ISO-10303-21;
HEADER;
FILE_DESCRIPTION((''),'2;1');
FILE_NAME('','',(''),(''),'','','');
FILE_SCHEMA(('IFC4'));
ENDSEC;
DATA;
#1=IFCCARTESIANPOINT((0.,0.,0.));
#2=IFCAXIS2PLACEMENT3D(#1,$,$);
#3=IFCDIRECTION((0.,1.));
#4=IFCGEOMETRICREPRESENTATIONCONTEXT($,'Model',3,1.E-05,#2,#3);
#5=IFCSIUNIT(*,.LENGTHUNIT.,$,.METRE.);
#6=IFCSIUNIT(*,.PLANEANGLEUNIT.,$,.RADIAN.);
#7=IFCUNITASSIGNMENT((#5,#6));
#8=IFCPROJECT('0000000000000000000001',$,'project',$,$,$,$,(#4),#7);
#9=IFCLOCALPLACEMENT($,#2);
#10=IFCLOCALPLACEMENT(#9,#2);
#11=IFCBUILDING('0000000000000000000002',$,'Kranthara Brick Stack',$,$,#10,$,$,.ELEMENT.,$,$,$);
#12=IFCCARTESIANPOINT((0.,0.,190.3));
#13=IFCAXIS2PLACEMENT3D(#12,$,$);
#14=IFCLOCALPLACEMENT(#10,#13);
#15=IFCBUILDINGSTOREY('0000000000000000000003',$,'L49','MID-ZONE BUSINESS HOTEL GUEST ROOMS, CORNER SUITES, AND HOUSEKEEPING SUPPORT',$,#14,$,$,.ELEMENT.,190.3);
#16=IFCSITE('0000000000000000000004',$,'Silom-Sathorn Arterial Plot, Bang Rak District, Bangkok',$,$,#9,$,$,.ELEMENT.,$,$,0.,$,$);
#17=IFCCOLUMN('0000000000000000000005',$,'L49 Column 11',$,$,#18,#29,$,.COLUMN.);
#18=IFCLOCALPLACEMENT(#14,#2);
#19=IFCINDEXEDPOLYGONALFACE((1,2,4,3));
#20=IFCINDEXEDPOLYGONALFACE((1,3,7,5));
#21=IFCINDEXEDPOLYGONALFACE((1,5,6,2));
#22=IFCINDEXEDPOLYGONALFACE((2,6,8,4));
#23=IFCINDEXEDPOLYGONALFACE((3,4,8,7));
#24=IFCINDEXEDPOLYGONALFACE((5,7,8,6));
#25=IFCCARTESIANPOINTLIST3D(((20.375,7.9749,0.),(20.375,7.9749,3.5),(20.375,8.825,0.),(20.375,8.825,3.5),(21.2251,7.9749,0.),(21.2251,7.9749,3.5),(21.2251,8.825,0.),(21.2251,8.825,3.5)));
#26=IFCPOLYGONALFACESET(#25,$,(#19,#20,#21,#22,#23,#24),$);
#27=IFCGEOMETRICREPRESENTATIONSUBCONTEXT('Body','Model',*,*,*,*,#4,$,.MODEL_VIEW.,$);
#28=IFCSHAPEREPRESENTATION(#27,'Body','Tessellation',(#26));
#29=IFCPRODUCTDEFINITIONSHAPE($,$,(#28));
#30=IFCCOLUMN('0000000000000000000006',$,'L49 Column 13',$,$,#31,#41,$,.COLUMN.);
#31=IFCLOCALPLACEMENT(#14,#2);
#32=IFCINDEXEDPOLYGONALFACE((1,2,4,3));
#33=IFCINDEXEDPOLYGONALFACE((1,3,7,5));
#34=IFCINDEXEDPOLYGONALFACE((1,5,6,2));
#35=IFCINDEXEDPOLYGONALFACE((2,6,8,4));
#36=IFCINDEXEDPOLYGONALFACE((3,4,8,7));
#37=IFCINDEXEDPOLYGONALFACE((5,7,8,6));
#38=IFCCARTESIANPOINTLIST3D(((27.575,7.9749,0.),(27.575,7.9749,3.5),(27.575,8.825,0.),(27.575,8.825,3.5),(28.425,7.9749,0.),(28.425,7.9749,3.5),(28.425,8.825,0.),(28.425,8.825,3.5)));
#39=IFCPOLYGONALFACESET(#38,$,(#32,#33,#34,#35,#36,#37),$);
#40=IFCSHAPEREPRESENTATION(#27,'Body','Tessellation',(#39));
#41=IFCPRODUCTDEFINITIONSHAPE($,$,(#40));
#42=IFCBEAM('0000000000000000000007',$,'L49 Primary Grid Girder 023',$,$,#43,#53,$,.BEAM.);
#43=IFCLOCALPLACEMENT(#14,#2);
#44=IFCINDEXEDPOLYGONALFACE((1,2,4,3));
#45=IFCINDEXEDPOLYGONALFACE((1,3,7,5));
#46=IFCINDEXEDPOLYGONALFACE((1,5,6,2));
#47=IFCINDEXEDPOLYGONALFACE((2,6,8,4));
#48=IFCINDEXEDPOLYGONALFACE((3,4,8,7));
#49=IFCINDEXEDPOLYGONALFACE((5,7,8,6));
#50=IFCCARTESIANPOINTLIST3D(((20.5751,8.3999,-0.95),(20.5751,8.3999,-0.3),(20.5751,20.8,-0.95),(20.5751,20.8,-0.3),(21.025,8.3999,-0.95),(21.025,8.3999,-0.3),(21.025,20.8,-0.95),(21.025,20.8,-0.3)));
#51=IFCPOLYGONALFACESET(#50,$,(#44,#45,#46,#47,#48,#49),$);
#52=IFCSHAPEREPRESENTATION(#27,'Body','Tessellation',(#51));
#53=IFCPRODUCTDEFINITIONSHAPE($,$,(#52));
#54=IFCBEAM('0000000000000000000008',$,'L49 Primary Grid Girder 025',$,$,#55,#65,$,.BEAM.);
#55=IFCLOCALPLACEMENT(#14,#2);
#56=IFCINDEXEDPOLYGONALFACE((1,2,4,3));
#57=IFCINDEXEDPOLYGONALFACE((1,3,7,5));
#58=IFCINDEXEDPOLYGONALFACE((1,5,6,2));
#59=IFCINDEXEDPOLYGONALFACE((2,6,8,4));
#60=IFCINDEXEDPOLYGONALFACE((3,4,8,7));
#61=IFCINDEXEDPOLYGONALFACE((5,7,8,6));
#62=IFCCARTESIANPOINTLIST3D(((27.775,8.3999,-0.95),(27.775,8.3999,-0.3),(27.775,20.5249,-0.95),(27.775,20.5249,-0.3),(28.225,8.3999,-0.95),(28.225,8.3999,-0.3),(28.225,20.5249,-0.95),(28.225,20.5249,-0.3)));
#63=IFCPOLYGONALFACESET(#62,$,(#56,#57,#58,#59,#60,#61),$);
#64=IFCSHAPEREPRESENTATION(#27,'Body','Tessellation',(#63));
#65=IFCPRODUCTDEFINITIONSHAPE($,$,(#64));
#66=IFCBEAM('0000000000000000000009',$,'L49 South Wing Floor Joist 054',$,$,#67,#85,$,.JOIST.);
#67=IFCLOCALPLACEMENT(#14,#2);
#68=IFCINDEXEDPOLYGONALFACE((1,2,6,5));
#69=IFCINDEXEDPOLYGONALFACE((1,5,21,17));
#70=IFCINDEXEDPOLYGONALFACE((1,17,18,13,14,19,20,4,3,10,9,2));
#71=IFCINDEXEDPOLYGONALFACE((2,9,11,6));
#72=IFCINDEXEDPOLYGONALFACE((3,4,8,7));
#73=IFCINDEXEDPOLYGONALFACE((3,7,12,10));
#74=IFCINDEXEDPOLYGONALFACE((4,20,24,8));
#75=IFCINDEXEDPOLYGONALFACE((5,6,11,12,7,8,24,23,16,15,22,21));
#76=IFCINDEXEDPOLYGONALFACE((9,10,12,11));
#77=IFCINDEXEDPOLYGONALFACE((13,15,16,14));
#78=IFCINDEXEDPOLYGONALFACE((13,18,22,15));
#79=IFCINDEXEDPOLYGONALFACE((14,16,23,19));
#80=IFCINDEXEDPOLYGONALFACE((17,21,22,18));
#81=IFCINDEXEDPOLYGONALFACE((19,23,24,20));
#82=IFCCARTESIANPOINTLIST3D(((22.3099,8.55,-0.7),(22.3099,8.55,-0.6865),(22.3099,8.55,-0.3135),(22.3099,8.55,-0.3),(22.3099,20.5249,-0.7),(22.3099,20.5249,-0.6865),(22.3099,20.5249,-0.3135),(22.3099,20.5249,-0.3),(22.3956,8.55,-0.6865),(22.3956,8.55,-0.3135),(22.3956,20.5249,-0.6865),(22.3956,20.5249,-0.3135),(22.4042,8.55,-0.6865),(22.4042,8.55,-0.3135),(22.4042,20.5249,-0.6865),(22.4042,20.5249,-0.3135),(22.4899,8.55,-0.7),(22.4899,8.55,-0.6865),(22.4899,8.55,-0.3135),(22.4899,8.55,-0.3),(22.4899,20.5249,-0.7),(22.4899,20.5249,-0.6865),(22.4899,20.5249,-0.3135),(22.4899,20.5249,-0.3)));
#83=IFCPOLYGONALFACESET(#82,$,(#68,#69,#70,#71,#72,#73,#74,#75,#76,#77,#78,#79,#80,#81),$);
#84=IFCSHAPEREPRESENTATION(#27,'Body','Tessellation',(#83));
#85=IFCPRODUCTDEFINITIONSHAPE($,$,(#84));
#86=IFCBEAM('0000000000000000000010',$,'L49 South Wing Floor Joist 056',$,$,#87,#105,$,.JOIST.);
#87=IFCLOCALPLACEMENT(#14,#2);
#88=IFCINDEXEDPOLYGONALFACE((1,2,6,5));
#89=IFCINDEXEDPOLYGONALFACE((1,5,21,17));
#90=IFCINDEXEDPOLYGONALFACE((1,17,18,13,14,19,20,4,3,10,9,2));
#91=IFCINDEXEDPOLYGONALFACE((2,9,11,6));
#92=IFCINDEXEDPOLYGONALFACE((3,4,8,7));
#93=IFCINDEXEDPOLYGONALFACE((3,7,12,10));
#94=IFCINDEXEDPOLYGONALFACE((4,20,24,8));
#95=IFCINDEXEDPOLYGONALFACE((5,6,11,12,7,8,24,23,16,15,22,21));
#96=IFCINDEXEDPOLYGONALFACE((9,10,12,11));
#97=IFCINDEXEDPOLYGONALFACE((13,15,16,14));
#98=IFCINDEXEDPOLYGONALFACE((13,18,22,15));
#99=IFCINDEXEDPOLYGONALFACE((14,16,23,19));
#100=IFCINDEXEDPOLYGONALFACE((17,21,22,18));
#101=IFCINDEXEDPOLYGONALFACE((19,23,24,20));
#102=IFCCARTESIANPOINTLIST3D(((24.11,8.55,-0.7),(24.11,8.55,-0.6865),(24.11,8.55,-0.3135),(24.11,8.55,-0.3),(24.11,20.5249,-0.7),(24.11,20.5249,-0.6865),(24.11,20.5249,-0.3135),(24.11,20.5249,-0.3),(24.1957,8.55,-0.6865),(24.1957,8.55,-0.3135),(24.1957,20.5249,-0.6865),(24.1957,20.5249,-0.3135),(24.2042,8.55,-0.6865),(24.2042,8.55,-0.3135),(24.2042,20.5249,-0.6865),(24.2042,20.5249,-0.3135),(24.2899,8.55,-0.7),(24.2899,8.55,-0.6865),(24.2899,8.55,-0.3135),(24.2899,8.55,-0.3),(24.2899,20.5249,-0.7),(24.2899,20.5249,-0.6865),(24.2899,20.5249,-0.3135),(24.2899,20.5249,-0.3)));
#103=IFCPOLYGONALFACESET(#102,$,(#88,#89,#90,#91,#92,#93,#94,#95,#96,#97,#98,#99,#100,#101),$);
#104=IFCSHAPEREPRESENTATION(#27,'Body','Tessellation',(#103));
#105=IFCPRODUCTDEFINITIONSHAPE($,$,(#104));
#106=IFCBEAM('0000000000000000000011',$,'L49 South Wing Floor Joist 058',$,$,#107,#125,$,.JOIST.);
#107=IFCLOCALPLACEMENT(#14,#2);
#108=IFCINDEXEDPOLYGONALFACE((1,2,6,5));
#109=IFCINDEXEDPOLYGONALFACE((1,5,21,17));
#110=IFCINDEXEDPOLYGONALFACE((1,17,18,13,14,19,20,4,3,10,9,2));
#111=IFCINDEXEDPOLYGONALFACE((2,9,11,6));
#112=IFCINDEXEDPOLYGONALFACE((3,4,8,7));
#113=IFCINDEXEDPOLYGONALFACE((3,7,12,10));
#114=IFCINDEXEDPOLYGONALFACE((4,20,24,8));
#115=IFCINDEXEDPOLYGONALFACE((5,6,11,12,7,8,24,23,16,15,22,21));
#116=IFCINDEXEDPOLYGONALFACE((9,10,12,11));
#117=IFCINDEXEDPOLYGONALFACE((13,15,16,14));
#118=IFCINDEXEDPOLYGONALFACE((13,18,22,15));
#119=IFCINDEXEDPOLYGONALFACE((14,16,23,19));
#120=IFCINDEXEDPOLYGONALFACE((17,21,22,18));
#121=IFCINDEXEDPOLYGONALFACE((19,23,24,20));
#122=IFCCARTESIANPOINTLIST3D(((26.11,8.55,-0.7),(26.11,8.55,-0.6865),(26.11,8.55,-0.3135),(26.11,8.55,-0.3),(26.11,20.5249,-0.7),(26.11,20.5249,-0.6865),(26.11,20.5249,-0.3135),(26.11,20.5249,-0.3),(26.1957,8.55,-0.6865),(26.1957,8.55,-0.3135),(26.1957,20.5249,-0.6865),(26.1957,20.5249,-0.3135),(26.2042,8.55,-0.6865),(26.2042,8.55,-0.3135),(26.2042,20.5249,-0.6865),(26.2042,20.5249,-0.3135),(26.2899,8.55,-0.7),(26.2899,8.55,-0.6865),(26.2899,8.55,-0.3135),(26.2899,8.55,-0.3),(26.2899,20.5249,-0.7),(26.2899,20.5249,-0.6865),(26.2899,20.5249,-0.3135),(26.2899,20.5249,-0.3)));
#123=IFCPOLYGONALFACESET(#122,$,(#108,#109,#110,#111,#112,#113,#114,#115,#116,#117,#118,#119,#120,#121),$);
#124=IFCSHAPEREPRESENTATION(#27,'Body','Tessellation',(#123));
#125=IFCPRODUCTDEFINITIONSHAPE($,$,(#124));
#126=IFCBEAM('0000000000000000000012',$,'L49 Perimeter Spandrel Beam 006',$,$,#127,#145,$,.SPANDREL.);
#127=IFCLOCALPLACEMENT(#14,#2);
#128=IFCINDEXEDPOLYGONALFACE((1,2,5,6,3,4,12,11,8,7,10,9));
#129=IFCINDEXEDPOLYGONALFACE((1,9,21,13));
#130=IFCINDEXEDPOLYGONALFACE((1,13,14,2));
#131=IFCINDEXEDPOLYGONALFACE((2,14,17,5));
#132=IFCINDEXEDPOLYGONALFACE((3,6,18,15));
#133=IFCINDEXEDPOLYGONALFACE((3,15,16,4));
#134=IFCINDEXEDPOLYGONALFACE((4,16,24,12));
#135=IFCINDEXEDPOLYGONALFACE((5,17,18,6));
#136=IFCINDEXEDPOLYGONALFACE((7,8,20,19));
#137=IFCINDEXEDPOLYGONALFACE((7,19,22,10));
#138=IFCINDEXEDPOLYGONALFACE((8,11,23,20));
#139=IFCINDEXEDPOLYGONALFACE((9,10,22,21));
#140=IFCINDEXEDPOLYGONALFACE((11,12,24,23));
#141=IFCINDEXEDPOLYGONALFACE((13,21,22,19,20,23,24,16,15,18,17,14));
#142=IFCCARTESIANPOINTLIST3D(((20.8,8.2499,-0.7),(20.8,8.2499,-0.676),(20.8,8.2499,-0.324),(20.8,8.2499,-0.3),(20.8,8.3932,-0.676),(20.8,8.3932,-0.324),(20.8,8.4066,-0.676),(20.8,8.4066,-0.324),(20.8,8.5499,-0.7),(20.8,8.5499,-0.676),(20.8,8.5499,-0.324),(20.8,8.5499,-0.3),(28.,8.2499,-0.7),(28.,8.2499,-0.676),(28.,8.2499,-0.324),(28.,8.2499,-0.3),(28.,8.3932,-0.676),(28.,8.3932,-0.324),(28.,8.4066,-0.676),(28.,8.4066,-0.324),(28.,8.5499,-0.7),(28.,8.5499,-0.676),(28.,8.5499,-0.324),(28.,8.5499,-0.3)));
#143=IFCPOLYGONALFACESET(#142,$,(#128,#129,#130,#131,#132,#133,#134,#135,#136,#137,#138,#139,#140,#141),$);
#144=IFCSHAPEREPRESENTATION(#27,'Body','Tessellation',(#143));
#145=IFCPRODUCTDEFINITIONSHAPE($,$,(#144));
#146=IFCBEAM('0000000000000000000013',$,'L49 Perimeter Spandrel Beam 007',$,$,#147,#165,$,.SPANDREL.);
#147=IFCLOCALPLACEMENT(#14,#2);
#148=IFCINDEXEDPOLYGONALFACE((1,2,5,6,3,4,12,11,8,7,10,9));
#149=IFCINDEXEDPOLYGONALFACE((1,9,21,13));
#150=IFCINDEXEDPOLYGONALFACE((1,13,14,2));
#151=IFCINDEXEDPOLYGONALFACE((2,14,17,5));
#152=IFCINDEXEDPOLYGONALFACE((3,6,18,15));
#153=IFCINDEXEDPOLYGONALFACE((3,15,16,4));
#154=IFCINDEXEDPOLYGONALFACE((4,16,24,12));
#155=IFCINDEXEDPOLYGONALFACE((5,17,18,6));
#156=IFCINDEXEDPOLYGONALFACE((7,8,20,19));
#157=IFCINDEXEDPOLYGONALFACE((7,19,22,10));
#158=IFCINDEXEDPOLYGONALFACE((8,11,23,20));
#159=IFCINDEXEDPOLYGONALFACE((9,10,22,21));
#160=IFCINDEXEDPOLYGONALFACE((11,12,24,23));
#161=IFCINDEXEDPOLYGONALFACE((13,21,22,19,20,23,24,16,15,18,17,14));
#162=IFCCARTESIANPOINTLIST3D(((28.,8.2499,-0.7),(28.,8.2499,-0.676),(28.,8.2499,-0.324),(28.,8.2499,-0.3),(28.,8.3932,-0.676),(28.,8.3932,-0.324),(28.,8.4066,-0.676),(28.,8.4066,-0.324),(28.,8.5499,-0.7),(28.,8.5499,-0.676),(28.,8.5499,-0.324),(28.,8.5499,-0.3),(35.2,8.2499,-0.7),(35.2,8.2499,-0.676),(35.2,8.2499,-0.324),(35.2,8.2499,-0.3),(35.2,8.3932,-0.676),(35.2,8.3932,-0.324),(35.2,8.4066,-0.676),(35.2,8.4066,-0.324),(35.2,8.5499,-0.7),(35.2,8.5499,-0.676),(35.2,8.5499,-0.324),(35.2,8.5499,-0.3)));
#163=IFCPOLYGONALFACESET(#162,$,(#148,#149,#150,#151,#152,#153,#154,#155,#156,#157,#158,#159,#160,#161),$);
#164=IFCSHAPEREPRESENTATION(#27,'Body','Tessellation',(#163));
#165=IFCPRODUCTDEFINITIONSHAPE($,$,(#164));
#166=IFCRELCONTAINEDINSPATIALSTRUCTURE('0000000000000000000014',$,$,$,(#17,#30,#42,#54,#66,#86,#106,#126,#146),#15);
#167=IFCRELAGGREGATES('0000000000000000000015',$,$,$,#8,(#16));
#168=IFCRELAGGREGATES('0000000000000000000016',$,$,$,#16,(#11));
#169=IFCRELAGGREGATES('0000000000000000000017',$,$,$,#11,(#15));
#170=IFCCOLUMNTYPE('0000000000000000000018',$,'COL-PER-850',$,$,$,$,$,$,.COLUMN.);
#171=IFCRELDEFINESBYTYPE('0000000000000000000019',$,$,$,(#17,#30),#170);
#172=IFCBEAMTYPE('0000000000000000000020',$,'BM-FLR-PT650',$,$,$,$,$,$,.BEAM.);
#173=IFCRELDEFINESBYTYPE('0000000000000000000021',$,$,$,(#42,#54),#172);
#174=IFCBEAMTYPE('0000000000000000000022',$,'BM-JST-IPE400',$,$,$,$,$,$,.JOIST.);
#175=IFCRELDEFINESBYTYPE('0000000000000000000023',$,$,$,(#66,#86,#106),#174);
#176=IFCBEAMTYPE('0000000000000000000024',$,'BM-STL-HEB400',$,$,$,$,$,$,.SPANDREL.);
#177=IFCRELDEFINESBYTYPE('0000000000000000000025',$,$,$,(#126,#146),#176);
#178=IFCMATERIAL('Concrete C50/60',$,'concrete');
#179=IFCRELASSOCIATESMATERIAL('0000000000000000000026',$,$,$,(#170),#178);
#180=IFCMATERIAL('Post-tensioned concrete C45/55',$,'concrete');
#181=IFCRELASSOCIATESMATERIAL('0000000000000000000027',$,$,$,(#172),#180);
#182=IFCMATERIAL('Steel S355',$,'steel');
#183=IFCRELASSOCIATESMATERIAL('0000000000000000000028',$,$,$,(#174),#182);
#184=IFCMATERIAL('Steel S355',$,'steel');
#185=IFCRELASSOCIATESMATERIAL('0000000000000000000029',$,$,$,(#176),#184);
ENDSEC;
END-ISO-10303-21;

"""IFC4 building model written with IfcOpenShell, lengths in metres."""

from ifc_helpers import new_model, si_unit, direction, frame, origin, origin_2d, place, context, subcontext, project, spatial, rectangle, i_section, extrude, material, material_profile, profile_set, type_object, element, save


model = new_model("IFC4")

# Units and contexts
model_context = context("Model", 3, precision=1e-05, world=origin(), true_north=direction((0.0, 1.0)))
body_context = subcontext(model_context, "Body", "Model", "MODEL_VIEW")
ifc_project = project(units=[si_unit("LENGTHUNIT", "METRE"), si_unit("PLANEANGLEUNIT", "RADIAN")], contexts=[model_context])

# Site, building, storey
site_placement = place(None, origin())
site = spatial("IfcSite", under=ifc_project, at=site_placement, Name="Silom-Sathorn Arterial Plot, Bang Rak District, Bangkok", CompositionType="ELEMENT", RefElevation=0.0)
building_placement = place(site_placement, origin())
building = spatial("IfcBuilding", under=site, at=building_placement, Name="Kranthara Brick Stack", CompositionType="ELEMENT")
storey_placement = place(building_placement, frame((0.0, 0.0, 190.3)))
storey = spatial("IfcBuildingStorey", under=building, at=storey_placement, Name="L49", Description="MID-ZONE BUSINESS HOTEL GUEST ROOMS, CORNER SUITES, AND HOUSEKEEPING SUPPORT", CompositionType="ELEMENT", Elevation=190.3)

# Columns
ifc_material_1 = material(Name="Concrete C50/60", Category="concrete")
ifc_material_profile_1 = material_profile(ifc_material_1, rectangle(XDim=0.8501, YDim=0.8501, at=origin_2d()), Name="RC 850x850")
ifc_profile_set_1 = profile_set([ifc_material_profile_1], Name="Concrete C50/60")
column_type = type_object("IfcColumnType", Name="COL-PER-850", PredefinedType="COLUMN", material=ifc_profile_set_1)
for number, where, z_axis, x_axis, name in (
    (1, (20.8, 8.3999, 0.0), (0.0, 0.0, 1.0), (1.0, 0.0, 0.0), "L49 Column 11"),
    (2, (28.0, 8.3999, 0.0), (0.0, 0.0, 1.0), (1.0, 0.0, 0.0), "L49 Column 13"),
):
    element("IfcColumn", number, at=place(storey_placement, frame(where, z_axis=z_axis, x_axis=x_axis)), inside=storey, type_object=column_type, Name=name, PredefinedType="COLUMN", context=body_context, shape_type="SweptSolid", body=[
        extrude(rectangle(XDim=0.8501, YDim=0.8501, at=origin_2d()), origin(), (0.0, 0.0, 1.0), 3.5),
    ])

# Beams
ifc_material_2 = material(Name="Post-tensioned concrete C45/55", Category="concrete")
ifc_material_profile_2 = material_profile(ifc_material_2, rectangle(XDim=0.45, YDim=0.6499, at=origin_2d()), Name="PT 450x650")
ifc_profile_set_2 = profile_set([ifc_material_profile_2], Name="Post-tensioned concrete C45/55")
beam_type_1 = type_object("IfcBeamType", Name="BM-FLR-PT650", PredefinedType="BEAM", material=ifc_profile_set_2)
beam_1_placement = place(storey_placement, frame((20.8, 8.3999, -0.625), z_axis=(0.0, 1.0, 0.0), x_axis=(-1.0, 0.0, 0.0)))
element("IfcBeam", 3, at=beam_1_placement, inside=storey, type_object=beam_type_1, Name="L49 Primary Grid Girder 023", PredefinedType="BEAM", context=body_context, shape_type="SweptSolid", body=[
    extrude(rectangle(XDim=0.45, YDim=0.6499, at=origin_2d()), origin(), (0.0, 0.0, 1.0), 12.4001),
])
beam_2_placement = place(storey_placement, frame((28.0, 8.3999, -0.625), z_axis=(0.0, 1.0, 0.0), x_axis=(-1.0, 0.0, 0.0)))
element("IfcBeam", 4, at=beam_2_placement, inside=storey, type_object=beam_type_1, Name="L49 Primary Grid Girder 025", PredefinedType="BEAM", context=body_context, shape_type="SweptSolid", body=[
    extrude(rectangle(XDim=0.45, YDim=0.6499, at=origin_2d()), origin(), (0.0, 0.0, 1.0), 12.125),
])
ifc_material_3 = material(Name="Steel S355", Category="steel")
ifc_material_profile_3 = material_profile(ifc_material_3, i_section(OverallWidth=0.1799, OverallDepth=0.3999, WebThickness=0.0085, FlangeThickness=0.0134, at=origin_2d()), Name="IPE 400")
ifc_profile_set_3 = profile_set([ifc_material_profile_3], Name="Steel S355")
beam_type_2 = type_object("IfcBeamType", Name="BM-JST-IPE400", PredefinedType="JOIST", material=ifc_profile_set_3)
for number, where, z_axis, x_axis, name in (
    (5, (22.3999, 8.55, -0.5), (0.0, 1.0, 0.0), (-1.0, 0.0, 0.0), "L49 South Wing Floor Joist 054"),
    (6, (24.2, 8.55, -0.5), (0.0, 1.0, 0.0), (-1.0, 0.0, 0.0), "L49 South Wing Floor Joist 056"),
    (7, (26.2, 8.55, -0.5), (0.0, 1.0, 0.0), (-1.0, 0.0, 0.0), "L49 South Wing Floor Joist 058"),
):
    element("IfcBeam", number, at=place(storey_placement, frame(where, z_axis=z_axis, x_axis=x_axis)), inside=storey, type_object=beam_type_2, Name=name, PredefinedType="JOIST", context=body_context, shape_type="SweptSolid", body=[
        extrude(i_section(OverallWidth=0.1799, OverallDepth=0.3999, WebThickness=0.0085, FlangeThickness=0.0134, at=origin_2d()), origin(), (0.0, 0.0, 1.0), 11.9749),
    ])
ifc_material_4 = material(Name="Steel S355", Category="steel")
ifc_material_profile_4 = material_profile(ifc_material_4, i_section(OverallWidth=0.3, OverallDepth=0.3999, WebThickness=0.0134, FlangeThickness=0.0239, at=origin_2d()), Name="HEB 400")
ifc_profile_set_4 = profile_set([ifc_material_profile_4], Name="Steel S355")
beam_type_3 = type_object("IfcBeamType", Name="BM-STL-HEB400", PredefinedType="SPANDREL", material=ifc_profile_set_4)
for number, where, z_axis, x_axis, name in (
    (8, (20.8, 8.3999, -0.5), (1.0, 0.0, 0.0), (0.0, 1.0, 0.0), "L49 Perimeter Spandrel Beam 006"),
    (9, (28.0, 8.3999, -0.5), (1.0, 0.0, 0.0), (0.0, 1.0, 0.0), "L49 Perimeter Spandrel Beam 007"),
):
    element("IfcBeam", number, at=place(storey_placement, frame(where, z_axis=z_axis, x_axis=x_axis)), inside=storey, type_object=beam_type_3, Name=name, PredefinedType="SPANDREL", context=body_context, shape_type="SweptSolid", body=[
        extrude(i_section(OverallWidth=0.3, OverallDepth=0.3999, WebThickness=0.0134, FlangeThickness=0.0239, at=origin_2d()), origin(), (0.0, 0.0, 1.0), 7.2),
    ])

save(model, "model.ifc")
